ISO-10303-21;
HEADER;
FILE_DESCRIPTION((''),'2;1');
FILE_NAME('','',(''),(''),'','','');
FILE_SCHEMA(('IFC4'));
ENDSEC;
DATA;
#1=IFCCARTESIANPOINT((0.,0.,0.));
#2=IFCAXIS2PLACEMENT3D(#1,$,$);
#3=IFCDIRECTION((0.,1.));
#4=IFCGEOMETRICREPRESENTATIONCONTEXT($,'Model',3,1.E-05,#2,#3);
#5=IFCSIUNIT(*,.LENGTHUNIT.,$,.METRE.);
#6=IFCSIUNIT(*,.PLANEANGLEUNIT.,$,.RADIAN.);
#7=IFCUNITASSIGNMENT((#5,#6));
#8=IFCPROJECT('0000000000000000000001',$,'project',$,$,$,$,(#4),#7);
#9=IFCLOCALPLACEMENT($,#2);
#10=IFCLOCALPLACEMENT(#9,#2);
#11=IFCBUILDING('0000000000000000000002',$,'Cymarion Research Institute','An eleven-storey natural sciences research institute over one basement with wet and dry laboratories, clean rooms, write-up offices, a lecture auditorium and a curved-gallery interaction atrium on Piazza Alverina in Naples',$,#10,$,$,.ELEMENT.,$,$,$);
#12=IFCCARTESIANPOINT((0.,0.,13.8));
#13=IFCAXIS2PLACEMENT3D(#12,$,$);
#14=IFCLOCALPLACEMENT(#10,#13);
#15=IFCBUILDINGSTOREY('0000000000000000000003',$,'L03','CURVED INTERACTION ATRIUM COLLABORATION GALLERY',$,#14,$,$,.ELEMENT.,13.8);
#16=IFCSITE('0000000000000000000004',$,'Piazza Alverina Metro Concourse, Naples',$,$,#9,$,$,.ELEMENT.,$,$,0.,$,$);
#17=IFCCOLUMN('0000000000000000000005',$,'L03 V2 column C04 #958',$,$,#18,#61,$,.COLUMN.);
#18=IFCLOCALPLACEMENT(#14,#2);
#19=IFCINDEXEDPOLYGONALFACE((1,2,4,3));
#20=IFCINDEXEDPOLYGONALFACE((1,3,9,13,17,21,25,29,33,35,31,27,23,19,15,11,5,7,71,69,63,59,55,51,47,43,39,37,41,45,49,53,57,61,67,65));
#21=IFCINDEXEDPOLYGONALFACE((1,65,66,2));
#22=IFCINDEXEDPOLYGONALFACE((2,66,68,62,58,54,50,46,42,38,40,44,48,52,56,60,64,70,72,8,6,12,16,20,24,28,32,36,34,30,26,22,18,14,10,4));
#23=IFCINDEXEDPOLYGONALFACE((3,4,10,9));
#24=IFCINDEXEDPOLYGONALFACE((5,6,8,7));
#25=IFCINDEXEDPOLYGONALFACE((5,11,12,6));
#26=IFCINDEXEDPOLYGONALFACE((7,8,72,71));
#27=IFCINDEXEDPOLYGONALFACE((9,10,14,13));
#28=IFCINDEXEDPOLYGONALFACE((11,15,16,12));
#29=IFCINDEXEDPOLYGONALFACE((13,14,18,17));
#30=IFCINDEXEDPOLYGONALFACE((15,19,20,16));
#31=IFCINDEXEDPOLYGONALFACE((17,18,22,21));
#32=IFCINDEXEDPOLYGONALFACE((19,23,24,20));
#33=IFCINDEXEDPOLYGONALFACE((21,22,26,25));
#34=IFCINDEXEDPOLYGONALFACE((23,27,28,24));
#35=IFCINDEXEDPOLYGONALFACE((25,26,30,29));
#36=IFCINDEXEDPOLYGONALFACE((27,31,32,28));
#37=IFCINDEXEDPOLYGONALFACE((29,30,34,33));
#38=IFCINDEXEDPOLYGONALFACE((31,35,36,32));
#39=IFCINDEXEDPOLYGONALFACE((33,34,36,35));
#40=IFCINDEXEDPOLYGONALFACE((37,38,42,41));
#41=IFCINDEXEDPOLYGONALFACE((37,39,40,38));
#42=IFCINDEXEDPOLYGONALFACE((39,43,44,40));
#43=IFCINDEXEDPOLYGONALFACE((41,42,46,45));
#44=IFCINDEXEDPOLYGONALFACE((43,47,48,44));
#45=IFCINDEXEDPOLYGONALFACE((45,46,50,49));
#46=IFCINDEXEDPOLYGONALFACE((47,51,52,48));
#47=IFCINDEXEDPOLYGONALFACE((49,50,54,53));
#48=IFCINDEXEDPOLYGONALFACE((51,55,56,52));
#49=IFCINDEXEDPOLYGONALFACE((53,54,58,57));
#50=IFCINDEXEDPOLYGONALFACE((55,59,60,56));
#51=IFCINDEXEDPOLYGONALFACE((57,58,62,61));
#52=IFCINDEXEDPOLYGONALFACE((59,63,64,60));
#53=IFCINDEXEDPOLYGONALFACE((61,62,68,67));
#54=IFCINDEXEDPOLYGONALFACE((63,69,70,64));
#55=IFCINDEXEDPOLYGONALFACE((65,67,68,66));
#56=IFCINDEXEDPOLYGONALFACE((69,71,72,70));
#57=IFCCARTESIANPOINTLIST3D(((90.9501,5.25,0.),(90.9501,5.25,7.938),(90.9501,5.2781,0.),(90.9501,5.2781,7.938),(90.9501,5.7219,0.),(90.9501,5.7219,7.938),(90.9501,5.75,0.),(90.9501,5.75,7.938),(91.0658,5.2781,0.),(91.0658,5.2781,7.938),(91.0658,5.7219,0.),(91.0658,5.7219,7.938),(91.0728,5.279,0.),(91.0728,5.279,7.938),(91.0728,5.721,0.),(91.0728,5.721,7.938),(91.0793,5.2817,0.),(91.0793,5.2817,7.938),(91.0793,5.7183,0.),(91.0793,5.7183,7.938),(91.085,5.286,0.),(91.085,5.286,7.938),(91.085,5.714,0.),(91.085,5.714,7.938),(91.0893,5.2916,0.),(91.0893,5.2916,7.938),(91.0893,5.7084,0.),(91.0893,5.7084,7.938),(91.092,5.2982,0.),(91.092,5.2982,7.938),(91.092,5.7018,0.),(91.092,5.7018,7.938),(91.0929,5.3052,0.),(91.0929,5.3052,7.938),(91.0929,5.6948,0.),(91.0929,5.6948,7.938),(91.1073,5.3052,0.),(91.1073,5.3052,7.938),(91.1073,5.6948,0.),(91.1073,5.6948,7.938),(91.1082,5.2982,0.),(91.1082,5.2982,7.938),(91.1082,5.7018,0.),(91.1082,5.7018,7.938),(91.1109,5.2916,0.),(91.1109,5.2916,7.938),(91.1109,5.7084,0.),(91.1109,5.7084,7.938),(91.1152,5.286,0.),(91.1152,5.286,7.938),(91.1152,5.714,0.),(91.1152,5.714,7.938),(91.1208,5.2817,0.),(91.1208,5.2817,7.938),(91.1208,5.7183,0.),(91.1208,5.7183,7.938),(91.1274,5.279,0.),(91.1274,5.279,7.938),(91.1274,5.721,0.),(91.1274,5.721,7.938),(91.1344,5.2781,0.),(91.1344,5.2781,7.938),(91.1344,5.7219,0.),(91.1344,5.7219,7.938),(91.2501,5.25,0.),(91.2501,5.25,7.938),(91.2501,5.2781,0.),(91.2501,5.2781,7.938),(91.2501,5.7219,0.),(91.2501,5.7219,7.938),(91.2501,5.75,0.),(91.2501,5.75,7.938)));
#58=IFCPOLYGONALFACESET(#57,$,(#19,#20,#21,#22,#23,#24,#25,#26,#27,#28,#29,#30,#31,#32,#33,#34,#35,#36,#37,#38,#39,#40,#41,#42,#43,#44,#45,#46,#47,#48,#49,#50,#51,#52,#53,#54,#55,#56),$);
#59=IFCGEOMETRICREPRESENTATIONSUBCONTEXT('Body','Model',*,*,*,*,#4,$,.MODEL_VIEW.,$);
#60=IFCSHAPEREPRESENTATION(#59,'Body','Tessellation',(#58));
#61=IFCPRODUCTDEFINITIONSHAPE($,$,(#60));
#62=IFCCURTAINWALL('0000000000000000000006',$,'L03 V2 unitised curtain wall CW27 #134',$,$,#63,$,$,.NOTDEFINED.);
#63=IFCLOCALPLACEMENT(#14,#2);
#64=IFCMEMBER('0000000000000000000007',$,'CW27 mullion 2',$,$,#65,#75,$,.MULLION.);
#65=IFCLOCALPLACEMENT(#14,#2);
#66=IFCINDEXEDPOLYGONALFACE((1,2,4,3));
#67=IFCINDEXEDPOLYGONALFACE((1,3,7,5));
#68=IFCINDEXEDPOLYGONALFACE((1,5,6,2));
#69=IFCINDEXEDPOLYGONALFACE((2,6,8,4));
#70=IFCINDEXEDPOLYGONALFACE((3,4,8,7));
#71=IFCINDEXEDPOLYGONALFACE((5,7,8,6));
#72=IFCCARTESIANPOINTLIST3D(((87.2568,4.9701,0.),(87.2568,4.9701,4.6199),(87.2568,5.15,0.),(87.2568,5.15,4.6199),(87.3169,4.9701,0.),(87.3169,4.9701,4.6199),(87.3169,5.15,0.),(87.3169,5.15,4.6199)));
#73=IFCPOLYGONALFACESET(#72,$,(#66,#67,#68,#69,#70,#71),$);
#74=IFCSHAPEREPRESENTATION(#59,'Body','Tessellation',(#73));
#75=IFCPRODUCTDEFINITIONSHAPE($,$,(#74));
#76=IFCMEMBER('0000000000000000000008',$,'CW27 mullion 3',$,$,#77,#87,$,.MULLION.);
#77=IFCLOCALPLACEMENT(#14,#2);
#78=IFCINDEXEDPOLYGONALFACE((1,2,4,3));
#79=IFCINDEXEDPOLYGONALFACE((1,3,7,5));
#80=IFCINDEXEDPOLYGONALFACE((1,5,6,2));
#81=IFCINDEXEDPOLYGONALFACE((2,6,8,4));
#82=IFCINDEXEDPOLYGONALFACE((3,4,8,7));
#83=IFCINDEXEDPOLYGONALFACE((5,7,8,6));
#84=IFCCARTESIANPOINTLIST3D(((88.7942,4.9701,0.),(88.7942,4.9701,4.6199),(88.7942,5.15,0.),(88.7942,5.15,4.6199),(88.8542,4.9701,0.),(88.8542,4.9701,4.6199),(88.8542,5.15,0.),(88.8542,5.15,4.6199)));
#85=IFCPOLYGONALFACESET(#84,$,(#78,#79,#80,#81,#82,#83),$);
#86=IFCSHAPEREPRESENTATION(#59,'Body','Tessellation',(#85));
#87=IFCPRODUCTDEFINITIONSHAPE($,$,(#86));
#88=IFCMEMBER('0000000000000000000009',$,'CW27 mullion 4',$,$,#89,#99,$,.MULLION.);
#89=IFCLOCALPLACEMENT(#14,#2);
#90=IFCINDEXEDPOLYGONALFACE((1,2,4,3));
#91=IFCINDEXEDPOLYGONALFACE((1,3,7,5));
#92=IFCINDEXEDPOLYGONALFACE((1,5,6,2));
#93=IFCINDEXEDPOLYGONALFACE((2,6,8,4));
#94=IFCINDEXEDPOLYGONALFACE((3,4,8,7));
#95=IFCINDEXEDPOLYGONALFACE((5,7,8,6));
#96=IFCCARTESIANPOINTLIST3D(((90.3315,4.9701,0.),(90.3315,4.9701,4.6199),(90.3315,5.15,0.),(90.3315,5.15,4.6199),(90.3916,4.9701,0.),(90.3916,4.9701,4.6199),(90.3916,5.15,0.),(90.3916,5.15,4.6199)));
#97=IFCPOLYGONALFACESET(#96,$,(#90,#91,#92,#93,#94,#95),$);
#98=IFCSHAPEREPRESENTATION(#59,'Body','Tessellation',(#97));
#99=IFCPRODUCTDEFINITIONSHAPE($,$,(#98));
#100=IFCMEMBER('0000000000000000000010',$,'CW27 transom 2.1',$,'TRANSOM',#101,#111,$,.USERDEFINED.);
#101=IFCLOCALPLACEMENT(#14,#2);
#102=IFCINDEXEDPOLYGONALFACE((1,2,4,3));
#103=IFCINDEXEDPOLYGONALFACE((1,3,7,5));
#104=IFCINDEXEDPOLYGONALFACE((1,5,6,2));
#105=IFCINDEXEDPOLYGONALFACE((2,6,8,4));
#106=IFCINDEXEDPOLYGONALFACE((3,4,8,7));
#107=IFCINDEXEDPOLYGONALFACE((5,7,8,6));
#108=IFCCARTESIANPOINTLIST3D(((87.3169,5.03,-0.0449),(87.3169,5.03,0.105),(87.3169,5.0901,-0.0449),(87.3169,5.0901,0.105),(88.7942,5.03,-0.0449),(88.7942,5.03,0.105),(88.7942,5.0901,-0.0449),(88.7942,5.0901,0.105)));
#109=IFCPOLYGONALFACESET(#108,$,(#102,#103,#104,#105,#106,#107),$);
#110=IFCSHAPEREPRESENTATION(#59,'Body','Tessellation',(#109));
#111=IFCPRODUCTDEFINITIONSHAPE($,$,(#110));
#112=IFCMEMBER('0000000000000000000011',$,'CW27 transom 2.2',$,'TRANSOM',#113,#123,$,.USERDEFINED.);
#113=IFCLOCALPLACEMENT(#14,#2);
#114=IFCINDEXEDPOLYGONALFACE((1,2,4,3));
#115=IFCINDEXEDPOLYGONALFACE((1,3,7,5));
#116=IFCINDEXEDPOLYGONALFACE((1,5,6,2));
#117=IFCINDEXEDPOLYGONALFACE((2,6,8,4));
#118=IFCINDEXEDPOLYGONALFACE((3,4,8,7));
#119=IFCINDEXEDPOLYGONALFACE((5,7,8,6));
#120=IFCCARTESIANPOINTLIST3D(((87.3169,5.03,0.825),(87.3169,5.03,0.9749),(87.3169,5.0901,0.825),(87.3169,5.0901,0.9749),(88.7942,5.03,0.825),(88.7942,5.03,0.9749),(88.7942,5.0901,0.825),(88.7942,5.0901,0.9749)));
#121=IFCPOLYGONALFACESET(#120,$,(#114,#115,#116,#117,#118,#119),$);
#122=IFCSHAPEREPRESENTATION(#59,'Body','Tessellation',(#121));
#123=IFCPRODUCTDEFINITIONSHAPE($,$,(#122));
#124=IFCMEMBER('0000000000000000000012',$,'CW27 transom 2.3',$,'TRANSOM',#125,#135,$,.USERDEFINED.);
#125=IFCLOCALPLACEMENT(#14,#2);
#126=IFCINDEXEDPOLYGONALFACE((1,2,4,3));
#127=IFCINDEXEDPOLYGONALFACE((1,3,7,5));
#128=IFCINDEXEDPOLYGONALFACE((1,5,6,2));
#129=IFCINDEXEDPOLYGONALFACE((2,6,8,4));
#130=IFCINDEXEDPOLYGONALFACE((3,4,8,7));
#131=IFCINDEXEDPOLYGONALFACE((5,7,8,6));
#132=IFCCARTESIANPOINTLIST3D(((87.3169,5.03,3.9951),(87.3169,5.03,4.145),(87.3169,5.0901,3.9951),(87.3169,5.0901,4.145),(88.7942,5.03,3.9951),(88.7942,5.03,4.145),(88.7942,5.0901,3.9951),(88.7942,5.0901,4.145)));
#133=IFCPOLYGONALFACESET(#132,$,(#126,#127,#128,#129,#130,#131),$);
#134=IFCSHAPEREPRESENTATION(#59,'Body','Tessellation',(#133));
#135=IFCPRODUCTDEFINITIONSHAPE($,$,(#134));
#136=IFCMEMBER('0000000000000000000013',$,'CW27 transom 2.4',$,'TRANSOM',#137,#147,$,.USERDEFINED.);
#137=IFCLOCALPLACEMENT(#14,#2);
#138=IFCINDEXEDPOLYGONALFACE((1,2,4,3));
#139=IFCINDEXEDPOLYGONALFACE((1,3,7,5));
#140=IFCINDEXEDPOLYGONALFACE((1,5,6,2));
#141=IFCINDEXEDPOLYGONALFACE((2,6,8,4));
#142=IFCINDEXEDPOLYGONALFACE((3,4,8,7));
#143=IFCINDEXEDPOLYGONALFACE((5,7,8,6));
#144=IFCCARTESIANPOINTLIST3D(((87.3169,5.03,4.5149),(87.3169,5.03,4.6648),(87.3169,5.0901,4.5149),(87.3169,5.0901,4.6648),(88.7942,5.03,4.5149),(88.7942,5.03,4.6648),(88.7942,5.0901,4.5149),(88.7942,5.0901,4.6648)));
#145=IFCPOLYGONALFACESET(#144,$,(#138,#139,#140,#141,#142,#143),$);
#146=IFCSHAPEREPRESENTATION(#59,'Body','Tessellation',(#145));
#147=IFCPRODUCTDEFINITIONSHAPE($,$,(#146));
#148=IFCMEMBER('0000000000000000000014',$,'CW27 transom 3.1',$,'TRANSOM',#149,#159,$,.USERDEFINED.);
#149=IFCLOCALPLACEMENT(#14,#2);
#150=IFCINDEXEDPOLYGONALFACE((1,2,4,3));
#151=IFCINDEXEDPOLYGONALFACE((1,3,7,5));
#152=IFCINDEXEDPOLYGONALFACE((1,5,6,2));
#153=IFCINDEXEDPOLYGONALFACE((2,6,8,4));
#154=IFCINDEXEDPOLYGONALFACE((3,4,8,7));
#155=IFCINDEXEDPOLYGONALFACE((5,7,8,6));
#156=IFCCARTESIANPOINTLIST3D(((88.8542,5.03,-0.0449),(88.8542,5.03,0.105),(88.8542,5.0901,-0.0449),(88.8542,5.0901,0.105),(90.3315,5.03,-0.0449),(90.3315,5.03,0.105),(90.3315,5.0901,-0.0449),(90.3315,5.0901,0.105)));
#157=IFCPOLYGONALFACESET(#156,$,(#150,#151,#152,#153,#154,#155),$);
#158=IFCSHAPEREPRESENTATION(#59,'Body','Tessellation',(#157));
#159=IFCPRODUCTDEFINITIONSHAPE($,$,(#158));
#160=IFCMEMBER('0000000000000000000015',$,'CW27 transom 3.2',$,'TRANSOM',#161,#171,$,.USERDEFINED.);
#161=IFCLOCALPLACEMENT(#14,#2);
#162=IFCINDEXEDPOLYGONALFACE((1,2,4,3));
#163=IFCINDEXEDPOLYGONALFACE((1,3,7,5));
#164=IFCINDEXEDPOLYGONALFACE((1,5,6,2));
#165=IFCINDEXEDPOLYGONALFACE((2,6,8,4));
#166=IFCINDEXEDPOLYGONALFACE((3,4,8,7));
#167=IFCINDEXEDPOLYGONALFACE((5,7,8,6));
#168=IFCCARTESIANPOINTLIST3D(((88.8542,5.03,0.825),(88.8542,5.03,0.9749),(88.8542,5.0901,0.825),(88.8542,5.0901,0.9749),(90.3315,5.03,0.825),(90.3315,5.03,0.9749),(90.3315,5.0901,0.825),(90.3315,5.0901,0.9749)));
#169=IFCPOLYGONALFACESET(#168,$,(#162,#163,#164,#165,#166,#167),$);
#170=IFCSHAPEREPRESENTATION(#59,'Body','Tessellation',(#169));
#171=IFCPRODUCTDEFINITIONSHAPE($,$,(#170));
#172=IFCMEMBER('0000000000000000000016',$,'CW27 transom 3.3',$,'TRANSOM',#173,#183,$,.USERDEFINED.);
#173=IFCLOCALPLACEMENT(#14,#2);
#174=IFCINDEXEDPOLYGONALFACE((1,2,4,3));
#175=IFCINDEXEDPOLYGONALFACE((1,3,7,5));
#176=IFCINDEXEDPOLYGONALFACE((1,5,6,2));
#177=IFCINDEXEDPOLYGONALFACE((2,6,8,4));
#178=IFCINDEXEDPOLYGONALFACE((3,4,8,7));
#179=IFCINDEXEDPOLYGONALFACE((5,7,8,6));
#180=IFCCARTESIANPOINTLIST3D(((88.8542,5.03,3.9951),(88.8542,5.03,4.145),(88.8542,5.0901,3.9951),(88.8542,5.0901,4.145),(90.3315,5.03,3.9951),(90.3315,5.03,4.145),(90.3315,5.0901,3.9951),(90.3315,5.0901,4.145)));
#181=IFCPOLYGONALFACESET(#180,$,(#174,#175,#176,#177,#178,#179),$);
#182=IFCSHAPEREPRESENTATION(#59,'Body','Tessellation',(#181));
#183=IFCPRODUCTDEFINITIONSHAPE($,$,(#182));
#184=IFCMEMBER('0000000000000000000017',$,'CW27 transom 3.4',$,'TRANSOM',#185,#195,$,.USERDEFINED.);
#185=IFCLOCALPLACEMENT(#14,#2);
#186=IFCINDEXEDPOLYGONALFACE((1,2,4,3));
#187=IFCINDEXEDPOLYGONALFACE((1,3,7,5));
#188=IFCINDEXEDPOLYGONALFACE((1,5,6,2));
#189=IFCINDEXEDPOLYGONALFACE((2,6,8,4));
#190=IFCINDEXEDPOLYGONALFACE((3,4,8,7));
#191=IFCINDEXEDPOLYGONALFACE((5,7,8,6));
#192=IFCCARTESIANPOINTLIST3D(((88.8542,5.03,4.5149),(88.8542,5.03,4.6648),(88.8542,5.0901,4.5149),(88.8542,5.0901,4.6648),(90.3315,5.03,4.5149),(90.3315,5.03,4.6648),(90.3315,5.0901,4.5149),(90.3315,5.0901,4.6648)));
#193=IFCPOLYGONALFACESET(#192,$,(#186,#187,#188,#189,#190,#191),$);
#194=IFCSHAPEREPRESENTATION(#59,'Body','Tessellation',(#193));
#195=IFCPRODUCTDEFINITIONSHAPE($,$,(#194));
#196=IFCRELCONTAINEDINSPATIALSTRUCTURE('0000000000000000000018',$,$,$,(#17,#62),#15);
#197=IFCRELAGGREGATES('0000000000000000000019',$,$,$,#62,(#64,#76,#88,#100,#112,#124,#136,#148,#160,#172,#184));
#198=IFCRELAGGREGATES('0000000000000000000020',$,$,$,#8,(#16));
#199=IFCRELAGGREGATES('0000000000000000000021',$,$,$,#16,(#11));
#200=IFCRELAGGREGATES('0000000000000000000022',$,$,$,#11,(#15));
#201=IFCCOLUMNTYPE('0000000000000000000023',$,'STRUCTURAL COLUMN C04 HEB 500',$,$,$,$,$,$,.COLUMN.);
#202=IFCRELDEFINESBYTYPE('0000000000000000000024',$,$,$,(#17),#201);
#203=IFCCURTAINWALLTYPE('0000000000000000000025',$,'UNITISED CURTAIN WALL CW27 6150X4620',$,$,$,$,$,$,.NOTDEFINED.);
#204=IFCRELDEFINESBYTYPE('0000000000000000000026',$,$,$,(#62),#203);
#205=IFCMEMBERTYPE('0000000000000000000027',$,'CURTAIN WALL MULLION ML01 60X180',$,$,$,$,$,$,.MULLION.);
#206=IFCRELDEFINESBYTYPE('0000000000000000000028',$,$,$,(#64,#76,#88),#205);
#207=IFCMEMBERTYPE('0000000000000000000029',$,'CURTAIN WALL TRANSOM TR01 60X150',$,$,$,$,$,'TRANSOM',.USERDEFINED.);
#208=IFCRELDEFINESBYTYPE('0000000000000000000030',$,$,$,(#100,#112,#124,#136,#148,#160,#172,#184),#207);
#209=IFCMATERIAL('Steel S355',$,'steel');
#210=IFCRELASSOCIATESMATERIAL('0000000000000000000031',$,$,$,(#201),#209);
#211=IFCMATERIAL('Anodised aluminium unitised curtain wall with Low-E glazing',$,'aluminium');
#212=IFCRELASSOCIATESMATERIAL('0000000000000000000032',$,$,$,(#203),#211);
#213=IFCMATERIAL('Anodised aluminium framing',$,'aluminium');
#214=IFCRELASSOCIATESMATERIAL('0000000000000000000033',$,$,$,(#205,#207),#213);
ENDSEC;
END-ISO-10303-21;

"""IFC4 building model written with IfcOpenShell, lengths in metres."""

from ifc_helpers import new_model, si_unit, direction, frame, origin, origin_2d, place, context, subcontext, project, spatial, rectangle, i_section, extrude, material, material_profile, profile_set, type_object, element, aggregate, save


model = new_model("IFC4")

# Units and contexts
model_context = context("Model", 3, precision=1e-05, world=origin(), true_north=direction((0.0, 1.0)))
body_context = subcontext(model_context, "Body", "Model", "MODEL_VIEW")
ifc_project = project(units=[si_unit("LENGTHUNIT", "METRE"), si_unit("PLANEANGLEUNIT", "RADIAN")], contexts=[model_context])

# Site, building, storey
site_placement = place(None, origin())
site = spatial("IfcSite", under=ifc_project, at=site_placement, Name="Piazza Alverina Metro Concourse, Naples", CompositionType="ELEMENT", RefElevation=0.0)
building_placement = place(site_placement, origin())
building = spatial("IfcBuilding", under=site, at=building_placement, Name="Cymarion Research Institute", Description="An eleven-storey natural sciences research institute over one basement with wet and dry laboratories, clean rooms, write-up offices, a lecture auditorium and a curved-gallery interaction atrium on Piazza Alverina in Naples", CompositionType="ELEMENT")
storey_placement = place(building_placement, frame((0.0, 0.0, 13.8)))
storey = spatial("IfcBuildingStorey", under=building, at=storey_placement, Name="L03", Description="CURVED INTERACTION ATRIUM COLLABORATION GALLERY", CompositionType="ELEMENT", Elevation=13.8)

# Column
ifc_material_1 = material(Name="Steel S355", Category="steel")
ifc_material_profile_1 = material_profile(ifc_material_1, i_section(OverallWidth=0.3, OverallDepth=0.5, WebThickness=0.0144, FlangeThickness=0.0281, FilletRadius=0.0271, at=origin_2d()), Name="HEB 500")
ifc_profile_set_1 = profile_set([ifc_material_profile_1], Name="Steel S355")
column_type = type_object("IfcColumnType", Name="STRUCTURAL COLUMN C04 HEB 500", PredefinedType="COLUMN", material=ifc_profile_set_1)
column_placement = place(storey_placement, frame((91.1001, 5.5, 0.0), z_axis=(0.0, 0.0, 1.0), x_axis=(1.0, 0.0, 0.0)))
element("IfcColumn", 1, at=column_placement, inside=storey, type_object=column_type, Name="L03 V2 column C04 #958", PredefinedType="COLUMN", context=body_context, shape_type="SweptSolid", body=[
    extrude(i_section(OverallWidth=0.3, OverallDepth=0.5, WebThickness=0.0144, FlangeThickness=0.0281, FilletRadius=0.0271, at=origin_2d()), origin(), (0.0, 0.0, 1.0), 7.938),
])

# Curtain wall, members
ifc_material_2 = material(Name="Anodised aluminium unitised curtain wall with Low-E glazing", Category="aluminium")
curtain_wall_type = type_object("IfcCurtainWallType", Name="UNITISED CURTAIN WALL CW27 6150X4620", PredefinedType="NOTDEFINED", material=ifc_material_2)
curtain_wall_placement = place(storey_placement, origin())
curtain_wall = element("IfcCurtainWall", 2, at=curtain_wall_placement, inside=storey, type_object=curtain_wall_type, Name="L03 V2 unitised curtain wall CW27 #134", PredefinedType="NOTDEFINED")
ifc_material_3 = material(Name="Anodised aluminium framing", Category="aluminium")
ifc_material_profile_2 = material_profile(ifc_material_3, rectangle(XDim=0.0601, YDim=0.1799, at=origin_2d()), Name="ALU MULLION 60x180")
ifc_profile_set_2 = profile_set([ifc_material_profile_2], Name="Anodised aluminium framing")
member_type_1 = type_object("IfcMemberType", Name="CURTAIN WALL MULLION ML01 60X180", PredefinedType="MULLION", material=ifc_profile_set_2)
member_1_placement = place(storey_placement, frame((87.2869, 5.0601, 0.0), z_axis=(0.0, 0.0, 1.0), x_axis=(1.0, 0.0, 0.0)))
member_1 = element("IfcMember", 3, at=member_1_placement, type_object=member_type_1, Name="CW27 mullion 2", PredefinedType="MULLION", context=body_context, shape_type="SweptSolid", body=[
    extrude(rectangle(XDim=0.0601, YDim=0.1799, at=origin_2d()), origin(), (0.0, 0.0, 1.0), 4.6199),
])
member_2_placement = place(storey_placement, frame((88.8242, 5.0601, 0.0), z_axis=(0.0, 0.0, 1.0), x_axis=(1.0, 0.0, 0.0)))
member_2 = element("IfcMember", 4, at=member_2_placement, type_object=member_type_1, Name="CW27 mullion 3", PredefinedType="MULLION", context=body_context, shape_type="SweptSolid", body=[
    extrude(rectangle(XDim=0.0601, YDim=0.1799, at=origin_2d()), origin(), (0.0, 0.0, 1.0), 4.6199),
])
member_3_placement = place(storey_placement, frame((90.3616, 5.0601, 0.0), z_axis=(0.0, 0.0, 1.0), x_axis=(1.0, 0.0, 0.0)))
member_3 = element("IfcMember", 5, at=member_3_placement, type_object=member_type_1, Name="CW27 mullion 4", PredefinedType="MULLION", context=body_context, shape_type="SweptSolid", body=[
    extrude(rectangle(XDim=0.0601, YDim=0.1799, at=origin_2d()), origin(), (0.0, 0.0, 1.0), 4.6199),
])
ifc_material_profile_3 = material_profile(ifc_material_3, rectangle(XDim=0.0601, YDim=0.1499, at=origin_2d()), Name="ALU TRANSOM 60x150")
ifc_profile_set_3 = profile_set([ifc_material_profile_3], Name="Anodised aluminium framing")
member_type_2 = type_object("IfcMemberType", Name="CURTAIN WALL TRANSOM TR01 60X150", ElementType="TRANSOM", PredefinedType="USERDEFINED", material=ifc_profile_set_3)
member_4_placement = place(storey_placement, frame((87.3169, 5.0601, 0.03), z_axis=(1.0, 0.0, 0.0), x_axis=(0.0, 1.0, 0.0)))
member_4 = element("IfcMember", 6, at=member_4_placement, type_object=member_type_2, Name="CW27 transom 2.1", ObjectType="TRANSOM", PredefinedType="USERDEFINED", context=body_context, shape_type="SweptSolid", body=[
    extrude(rectangle(XDim=0.0601, YDim=0.1499, at=origin_2d()), origin(), (0.0, 0.0, 1.0), 1.4773),
])
member_5_placement = place(storey_placement, frame((87.3169, 5.0601, 0.8999), z_axis=(1.0, 0.0, 0.0), x_axis=(0.0, 1.0, 0.0)))
member_5 = element("IfcMember", 7, at=member_5_placement, type_object=member_type_2, Name="CW27 transom 2.2", ObjectType="TRANSOM", PredefinedType="USERDEFINED", context=body_context, shape_type="SweptSolid", body=[
    extrude(rectangle(XDim=0.0601, YDim=0.1499, at=origin_2d()), origin(), (0.0, 0.0, 1.0), 1.4773),
])
member_6_placement = place(storey_placement, frame((87.3169, 5.0601, 4.0701), z_axis=(1.0, 0.0, 0.0), x_axis=(0.0, 1.0, 0.0)))
member_6 = element("IfcMember", 8, at=member_6_placement, type_object=member_type_2, Name="CW27 transom 2.3", ObjectType="TRANSOM", PredefinedType="USERDEFINED", context=body_context, shape_type="SweptSolid", body=[
    extrude(rectangle(XDim=0.0601, YDim=0.1499, at=origin_2d()), origin(), (0.0, 0.0, 1.0), 1.4773),
])
member_7_placement = place(storey_placement, frame((87.3169, 5.0601, 4.5898), z_axis=(1.0, 0.0, 0.0), x_axis=(0.0, 1.0, 0.0)))
member_7 = element("IfcMember", 9, at=member_7_placement, type_object=member_type_2, Name="CW27 transom 2.4", ObjectType="TRANSOM", PredefinedType="USERDEFINED", context=body_context, shape_type="SweptSolid", body=[
    extrude(rectangle(XDim=0.0601, YDim=0.1499, at=origin_2d()), origin(), (0.0, 0.0, 1.0), 1.4773),
])
member_8_placement = place(storey_placement, frame((88.8542, 5.0601, 0.03), z_axis=(1.0, 0.0, 0.0), x_axis=(0.0, 1.0, 0.0)))
member_8 = element("IfcMember", 10, at=member_8_placement, type_object=member_type_2, Name="CW27 transom 3.1", ObjectType="TRANSOM", PredefinedType="USERDEFINED", context=body_context, shape_type="SweptSolid", body=[
    extrude(rectangle(XDim=0.0601, YDim=0.1499, at=origin_2d()), origin(), (0.0, 0.0, 1.0), 1.4773),
])
member_9_placement = place(storey_placement, frame((88.8542, 5.0601, 0.8999), z_axis=(1.0, 0.0, 0.0), x_axis=(0.0, 1.0, 0.0)))
member_9 = element("IfcMember", 11, at=member_9_placement, type_object=member_type_2, Name="CW27 transom 3.2", ObjectType="TRANSOM", PredefinedType="USERDEFINED", context=body_context, shape_type="SweptSolid", body=[
    extrude(rectangle(XDim=0.0601, YDim=0.1499, at=origin_2d()), origin(), (0.0, 0.0, 1.0), 1.4773),
])
member_10_placement = place(storey_placement, frame((88.8542, 5.0601, 4.0701), z_axis=(1.0, 0.0, 0.0), x_axis=(0.0, 1.0, 0.0)))
member_10 = element("IfcMember", 12, at=member_10_placement, type_object=member_type_2, Name="CW27 transom 3.3", ObjectType="TRANSOM", PredefinedType="USERDEFINED", context=body_context, shape_type="SweptSolid", body=[
    extrude(rectangle(XDim=0.0601, YDim=0.1499, at=origin_2d()), origin(), (0.0, 0.0, 1.0), 1.4773),
])
member_11_placement = place(storey_placement, frame((88.8542, 5.0601, 4.5898), z_axis=(1.0, 0.0, 0.0), x_axis=(0.0, 1.0, 0.0)))
member_11 = element("IfcMember", 13, at=member_11_placement, type_object=member_type_2, Name="CW27 transom 3.4", ObjectType="TRANSOM", PredefinedType="USERDEFINED", context=body_context, shape_type="SweptSolid", body=[
    extrude(rectangle(XDim=0.0601, YDim=0.1499, at=origin_2d()), origin(), (0.0, 0.0, 1.0), 1.4773),
])

aggregate(curtain_wall, [member_1, member_2, member_3, member_4, member_5, member_6, member_7, member_8, member_9, member_10, member_11])

save(model, "model.ifc")
